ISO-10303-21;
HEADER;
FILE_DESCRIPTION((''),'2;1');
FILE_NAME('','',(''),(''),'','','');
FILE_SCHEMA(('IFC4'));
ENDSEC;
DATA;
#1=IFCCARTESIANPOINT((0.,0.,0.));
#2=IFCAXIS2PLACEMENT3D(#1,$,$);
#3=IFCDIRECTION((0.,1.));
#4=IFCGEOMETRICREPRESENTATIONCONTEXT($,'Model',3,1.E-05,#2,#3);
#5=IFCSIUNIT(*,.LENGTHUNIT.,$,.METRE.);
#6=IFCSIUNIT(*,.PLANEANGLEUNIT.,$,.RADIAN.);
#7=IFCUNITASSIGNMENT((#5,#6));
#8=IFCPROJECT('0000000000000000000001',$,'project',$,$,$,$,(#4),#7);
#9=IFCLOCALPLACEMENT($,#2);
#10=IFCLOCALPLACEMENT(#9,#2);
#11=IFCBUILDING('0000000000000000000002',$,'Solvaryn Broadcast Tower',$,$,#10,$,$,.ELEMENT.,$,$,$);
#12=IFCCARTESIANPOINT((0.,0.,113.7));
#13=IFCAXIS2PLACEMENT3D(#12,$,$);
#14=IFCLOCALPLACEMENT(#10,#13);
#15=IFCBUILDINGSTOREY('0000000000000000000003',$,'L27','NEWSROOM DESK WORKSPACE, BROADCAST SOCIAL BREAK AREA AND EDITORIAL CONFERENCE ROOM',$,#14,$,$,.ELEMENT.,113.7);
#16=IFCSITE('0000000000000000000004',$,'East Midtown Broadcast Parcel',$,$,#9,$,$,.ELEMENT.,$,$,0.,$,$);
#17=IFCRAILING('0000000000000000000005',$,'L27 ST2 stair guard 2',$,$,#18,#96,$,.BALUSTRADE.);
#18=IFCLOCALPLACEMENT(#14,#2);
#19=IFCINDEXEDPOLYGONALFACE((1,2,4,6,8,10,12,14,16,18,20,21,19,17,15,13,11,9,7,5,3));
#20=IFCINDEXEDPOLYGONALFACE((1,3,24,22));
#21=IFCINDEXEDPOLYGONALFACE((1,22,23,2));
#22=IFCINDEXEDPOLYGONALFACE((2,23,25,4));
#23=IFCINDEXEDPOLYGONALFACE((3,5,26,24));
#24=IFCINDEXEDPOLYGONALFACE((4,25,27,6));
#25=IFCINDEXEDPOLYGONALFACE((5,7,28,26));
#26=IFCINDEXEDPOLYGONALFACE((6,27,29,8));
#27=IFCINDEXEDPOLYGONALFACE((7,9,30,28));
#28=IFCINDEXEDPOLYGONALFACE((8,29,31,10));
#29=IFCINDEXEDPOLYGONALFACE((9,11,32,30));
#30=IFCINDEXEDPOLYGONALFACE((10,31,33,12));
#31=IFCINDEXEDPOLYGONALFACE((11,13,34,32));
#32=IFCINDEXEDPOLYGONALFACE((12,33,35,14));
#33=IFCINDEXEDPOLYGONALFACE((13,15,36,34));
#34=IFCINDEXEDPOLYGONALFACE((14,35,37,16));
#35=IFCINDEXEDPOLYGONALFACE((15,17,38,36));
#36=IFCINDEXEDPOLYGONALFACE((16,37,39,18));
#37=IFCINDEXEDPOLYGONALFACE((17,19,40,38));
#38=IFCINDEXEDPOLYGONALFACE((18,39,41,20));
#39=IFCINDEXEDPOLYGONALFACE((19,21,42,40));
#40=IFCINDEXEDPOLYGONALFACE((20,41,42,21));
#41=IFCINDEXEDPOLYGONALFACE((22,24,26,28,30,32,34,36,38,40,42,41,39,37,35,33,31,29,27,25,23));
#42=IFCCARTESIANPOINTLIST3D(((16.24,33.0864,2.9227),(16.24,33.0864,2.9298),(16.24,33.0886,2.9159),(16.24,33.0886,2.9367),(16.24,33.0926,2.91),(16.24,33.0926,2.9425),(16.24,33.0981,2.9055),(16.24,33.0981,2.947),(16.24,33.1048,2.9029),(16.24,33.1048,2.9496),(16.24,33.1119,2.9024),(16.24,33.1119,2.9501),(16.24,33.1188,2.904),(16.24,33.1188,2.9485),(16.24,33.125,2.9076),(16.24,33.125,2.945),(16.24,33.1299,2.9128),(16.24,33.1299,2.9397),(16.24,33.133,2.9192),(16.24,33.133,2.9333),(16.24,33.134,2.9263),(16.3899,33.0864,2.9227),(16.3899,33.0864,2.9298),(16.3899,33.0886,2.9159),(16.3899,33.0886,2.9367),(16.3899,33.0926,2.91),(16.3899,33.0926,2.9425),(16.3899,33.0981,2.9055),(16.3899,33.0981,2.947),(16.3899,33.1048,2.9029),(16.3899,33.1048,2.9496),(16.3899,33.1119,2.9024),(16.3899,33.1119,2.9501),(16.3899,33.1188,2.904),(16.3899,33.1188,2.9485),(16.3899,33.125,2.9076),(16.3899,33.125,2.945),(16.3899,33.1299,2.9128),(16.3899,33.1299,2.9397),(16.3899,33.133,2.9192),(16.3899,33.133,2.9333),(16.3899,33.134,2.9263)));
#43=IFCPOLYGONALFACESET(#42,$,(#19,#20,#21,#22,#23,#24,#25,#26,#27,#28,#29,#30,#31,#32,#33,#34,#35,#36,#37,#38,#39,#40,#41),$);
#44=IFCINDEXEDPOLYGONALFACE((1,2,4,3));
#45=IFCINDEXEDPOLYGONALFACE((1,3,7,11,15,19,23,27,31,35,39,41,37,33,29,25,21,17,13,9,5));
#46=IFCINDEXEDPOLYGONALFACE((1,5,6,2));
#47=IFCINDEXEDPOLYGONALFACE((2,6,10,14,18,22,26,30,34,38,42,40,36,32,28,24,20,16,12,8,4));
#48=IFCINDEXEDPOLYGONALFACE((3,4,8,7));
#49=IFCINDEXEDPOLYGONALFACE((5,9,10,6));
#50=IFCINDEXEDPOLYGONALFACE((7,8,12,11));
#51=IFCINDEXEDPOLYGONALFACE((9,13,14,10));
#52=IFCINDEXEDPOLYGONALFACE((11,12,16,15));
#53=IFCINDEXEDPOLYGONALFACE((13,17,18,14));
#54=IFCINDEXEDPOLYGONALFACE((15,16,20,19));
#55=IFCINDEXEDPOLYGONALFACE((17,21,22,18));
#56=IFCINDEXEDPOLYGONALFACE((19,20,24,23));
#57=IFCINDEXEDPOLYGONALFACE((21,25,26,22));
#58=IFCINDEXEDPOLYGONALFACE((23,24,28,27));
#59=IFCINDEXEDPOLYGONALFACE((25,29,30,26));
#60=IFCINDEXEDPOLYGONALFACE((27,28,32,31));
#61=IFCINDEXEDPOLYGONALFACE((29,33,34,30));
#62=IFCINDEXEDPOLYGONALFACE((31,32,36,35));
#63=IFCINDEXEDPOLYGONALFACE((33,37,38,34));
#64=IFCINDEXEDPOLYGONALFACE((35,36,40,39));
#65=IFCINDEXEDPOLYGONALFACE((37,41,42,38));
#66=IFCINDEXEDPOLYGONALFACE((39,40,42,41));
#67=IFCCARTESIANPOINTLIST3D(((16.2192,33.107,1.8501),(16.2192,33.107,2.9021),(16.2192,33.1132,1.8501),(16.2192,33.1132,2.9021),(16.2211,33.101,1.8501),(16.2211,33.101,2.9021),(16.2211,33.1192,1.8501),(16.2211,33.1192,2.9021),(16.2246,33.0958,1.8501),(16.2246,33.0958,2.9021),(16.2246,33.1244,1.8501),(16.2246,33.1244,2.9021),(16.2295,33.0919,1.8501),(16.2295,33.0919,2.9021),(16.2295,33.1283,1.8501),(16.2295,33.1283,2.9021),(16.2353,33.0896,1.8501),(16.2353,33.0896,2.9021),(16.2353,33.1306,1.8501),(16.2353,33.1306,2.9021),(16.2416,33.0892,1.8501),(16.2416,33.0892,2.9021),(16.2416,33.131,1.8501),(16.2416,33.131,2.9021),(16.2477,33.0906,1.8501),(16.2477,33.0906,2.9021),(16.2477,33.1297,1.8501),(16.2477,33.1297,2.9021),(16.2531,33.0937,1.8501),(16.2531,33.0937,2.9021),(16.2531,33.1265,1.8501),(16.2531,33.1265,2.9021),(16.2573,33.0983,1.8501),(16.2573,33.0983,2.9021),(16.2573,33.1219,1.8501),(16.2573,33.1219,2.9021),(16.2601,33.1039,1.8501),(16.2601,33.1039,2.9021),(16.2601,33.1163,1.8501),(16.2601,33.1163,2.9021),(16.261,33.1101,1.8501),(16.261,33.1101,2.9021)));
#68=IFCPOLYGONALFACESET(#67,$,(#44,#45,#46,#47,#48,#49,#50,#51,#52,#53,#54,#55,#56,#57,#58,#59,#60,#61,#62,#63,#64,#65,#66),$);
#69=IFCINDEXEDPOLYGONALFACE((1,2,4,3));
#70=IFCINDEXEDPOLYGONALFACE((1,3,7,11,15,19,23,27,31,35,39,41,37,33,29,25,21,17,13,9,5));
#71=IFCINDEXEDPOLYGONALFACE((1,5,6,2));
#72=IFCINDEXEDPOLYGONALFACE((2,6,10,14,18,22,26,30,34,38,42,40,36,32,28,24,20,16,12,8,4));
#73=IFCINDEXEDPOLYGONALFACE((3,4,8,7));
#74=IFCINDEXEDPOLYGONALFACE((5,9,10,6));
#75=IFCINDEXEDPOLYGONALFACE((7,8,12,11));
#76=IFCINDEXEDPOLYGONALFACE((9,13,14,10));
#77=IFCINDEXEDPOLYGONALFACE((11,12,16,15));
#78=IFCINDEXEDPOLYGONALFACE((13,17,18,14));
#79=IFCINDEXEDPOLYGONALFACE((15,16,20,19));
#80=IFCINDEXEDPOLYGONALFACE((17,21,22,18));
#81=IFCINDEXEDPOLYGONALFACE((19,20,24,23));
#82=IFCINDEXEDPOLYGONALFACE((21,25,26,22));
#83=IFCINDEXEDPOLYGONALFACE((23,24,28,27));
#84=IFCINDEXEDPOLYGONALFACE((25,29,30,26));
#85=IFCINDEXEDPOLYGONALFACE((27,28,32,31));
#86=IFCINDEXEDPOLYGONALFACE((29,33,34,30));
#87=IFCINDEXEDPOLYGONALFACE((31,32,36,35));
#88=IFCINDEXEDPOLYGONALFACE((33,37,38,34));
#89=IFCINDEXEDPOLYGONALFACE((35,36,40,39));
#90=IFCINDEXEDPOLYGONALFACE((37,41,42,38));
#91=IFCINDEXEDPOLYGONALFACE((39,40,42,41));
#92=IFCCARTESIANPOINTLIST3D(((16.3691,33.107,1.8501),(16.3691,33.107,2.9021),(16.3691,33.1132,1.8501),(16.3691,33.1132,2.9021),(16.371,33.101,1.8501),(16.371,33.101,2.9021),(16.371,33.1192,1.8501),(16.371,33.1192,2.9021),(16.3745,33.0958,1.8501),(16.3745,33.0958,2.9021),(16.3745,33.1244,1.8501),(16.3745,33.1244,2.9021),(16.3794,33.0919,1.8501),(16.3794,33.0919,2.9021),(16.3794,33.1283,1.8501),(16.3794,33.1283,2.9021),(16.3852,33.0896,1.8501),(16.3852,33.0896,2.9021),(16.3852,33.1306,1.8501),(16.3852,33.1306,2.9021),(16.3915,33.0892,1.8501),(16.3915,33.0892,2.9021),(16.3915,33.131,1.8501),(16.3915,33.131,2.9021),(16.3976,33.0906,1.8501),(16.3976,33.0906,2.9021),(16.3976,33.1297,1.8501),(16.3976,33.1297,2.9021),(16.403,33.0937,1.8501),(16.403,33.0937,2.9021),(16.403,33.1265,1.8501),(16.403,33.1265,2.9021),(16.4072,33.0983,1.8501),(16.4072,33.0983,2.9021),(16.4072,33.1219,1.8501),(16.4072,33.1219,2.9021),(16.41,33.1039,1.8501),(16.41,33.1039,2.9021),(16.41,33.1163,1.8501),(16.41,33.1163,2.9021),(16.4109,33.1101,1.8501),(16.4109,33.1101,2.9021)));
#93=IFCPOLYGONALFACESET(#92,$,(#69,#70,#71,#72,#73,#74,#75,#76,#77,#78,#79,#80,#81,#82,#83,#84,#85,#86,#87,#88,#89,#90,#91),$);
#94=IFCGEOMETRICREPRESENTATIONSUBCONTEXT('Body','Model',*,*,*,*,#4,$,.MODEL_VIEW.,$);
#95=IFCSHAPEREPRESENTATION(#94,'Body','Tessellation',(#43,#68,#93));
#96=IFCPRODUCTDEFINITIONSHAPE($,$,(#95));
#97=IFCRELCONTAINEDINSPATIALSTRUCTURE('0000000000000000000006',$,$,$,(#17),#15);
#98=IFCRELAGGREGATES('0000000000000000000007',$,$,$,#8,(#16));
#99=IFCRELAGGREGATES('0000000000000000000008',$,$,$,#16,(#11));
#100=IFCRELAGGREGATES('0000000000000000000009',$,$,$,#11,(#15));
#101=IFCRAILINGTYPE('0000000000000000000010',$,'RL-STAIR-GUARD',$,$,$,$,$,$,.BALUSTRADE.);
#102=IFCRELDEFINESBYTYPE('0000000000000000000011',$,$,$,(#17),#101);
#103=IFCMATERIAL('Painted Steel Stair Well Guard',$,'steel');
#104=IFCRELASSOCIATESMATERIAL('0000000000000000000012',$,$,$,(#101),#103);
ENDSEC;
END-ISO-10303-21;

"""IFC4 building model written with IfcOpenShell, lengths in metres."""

from ifc_helpers import new_model, si_unit, direction, frame, origin, origin_2d, place, context, subcontext, project, spatial, circle, extrude, material, type_object, element, save


model = new_model("IFC4")

# Units and contexts
model_context = context("Model", 3, precision=1e-05, world=origin(), true_north=direction((0.0, 1.0)))
body_context = subcontext(model_context, "Body", "Model", "MODEL_VIEW")
ifc_project = project(units=[si_unit("LENGTHUNIT", "METRE"), si_unit("PLANEANGLEUNIT", "RADIAN")], contexts=[model_context])

# Site, building, storey
site_placement = place(None, origin())
site = spatial("IfcSite", under=ifc_project, at=site_placement, Name="East Midtown Broadcast Parcel", CompositionType="ELEMENT", RefElevation=0.0)
building_placement = place(site_placement, origin())
building = spatial("IfcBuilding", under=site, at=building_placement, Name="Solvaryn Broadcast Tower", CompositionType="ELEMENT")
storey_placement = place(building_placement, frame((0.0, 0.0, 113.7)))
storey = spatial("IfcBuildingStorey", under=building, at=storey_placement, Name="L27", Description="NEWSROOM DESK WORKSPACE, BROADCAST SOCIAL BREAK AREA AND EDITORIAL CONFERENCE ROOM", CompositionType="ELEMENT", Elevation=113.7)

# Railing
ifc_material_1 = material(Name="Painted Steel Stair Well Guard", Category="steel")
railing_type_1 = type_object("IfcRailingType", Name="RL-STAIR-GUARD", PredefinedType="BALUSTRADE", material=ifc_material_1)
railing_1_placement = place(storey_placement, frame((16.24, 33.1101, 1.8501)))
element("IfcRailing", 1, at=railing_1_placement, inside=storey, type_object=railing_type_1, Name="L27 ST2 stair guard 2", PredefinedType="BALUSTRADE", context=body_context, shape_type="SweptSolid", body=[
    extrude(circle(Radius=0.0239, at=origin_2d()), frame((0.0, 0.0, 1.0762), z_axis=(1.0, 0.0, 0.0), x_axis=(0.0, 1.0, 0.0)), (0.0, 0.0, 1.0), 0.1499),
    extrude(circle(Radius=0.021, at=origin_2d()), origin(), (0.0, 0.0, 1.0), 1.052),
    extrude(circle(Radius=0.021, at=origin_2d()), frame((0.1499, 0.0, 0.0)), (0.0, 0.0, 1.0), 1.052),
])

save(model, "model.ifc")
